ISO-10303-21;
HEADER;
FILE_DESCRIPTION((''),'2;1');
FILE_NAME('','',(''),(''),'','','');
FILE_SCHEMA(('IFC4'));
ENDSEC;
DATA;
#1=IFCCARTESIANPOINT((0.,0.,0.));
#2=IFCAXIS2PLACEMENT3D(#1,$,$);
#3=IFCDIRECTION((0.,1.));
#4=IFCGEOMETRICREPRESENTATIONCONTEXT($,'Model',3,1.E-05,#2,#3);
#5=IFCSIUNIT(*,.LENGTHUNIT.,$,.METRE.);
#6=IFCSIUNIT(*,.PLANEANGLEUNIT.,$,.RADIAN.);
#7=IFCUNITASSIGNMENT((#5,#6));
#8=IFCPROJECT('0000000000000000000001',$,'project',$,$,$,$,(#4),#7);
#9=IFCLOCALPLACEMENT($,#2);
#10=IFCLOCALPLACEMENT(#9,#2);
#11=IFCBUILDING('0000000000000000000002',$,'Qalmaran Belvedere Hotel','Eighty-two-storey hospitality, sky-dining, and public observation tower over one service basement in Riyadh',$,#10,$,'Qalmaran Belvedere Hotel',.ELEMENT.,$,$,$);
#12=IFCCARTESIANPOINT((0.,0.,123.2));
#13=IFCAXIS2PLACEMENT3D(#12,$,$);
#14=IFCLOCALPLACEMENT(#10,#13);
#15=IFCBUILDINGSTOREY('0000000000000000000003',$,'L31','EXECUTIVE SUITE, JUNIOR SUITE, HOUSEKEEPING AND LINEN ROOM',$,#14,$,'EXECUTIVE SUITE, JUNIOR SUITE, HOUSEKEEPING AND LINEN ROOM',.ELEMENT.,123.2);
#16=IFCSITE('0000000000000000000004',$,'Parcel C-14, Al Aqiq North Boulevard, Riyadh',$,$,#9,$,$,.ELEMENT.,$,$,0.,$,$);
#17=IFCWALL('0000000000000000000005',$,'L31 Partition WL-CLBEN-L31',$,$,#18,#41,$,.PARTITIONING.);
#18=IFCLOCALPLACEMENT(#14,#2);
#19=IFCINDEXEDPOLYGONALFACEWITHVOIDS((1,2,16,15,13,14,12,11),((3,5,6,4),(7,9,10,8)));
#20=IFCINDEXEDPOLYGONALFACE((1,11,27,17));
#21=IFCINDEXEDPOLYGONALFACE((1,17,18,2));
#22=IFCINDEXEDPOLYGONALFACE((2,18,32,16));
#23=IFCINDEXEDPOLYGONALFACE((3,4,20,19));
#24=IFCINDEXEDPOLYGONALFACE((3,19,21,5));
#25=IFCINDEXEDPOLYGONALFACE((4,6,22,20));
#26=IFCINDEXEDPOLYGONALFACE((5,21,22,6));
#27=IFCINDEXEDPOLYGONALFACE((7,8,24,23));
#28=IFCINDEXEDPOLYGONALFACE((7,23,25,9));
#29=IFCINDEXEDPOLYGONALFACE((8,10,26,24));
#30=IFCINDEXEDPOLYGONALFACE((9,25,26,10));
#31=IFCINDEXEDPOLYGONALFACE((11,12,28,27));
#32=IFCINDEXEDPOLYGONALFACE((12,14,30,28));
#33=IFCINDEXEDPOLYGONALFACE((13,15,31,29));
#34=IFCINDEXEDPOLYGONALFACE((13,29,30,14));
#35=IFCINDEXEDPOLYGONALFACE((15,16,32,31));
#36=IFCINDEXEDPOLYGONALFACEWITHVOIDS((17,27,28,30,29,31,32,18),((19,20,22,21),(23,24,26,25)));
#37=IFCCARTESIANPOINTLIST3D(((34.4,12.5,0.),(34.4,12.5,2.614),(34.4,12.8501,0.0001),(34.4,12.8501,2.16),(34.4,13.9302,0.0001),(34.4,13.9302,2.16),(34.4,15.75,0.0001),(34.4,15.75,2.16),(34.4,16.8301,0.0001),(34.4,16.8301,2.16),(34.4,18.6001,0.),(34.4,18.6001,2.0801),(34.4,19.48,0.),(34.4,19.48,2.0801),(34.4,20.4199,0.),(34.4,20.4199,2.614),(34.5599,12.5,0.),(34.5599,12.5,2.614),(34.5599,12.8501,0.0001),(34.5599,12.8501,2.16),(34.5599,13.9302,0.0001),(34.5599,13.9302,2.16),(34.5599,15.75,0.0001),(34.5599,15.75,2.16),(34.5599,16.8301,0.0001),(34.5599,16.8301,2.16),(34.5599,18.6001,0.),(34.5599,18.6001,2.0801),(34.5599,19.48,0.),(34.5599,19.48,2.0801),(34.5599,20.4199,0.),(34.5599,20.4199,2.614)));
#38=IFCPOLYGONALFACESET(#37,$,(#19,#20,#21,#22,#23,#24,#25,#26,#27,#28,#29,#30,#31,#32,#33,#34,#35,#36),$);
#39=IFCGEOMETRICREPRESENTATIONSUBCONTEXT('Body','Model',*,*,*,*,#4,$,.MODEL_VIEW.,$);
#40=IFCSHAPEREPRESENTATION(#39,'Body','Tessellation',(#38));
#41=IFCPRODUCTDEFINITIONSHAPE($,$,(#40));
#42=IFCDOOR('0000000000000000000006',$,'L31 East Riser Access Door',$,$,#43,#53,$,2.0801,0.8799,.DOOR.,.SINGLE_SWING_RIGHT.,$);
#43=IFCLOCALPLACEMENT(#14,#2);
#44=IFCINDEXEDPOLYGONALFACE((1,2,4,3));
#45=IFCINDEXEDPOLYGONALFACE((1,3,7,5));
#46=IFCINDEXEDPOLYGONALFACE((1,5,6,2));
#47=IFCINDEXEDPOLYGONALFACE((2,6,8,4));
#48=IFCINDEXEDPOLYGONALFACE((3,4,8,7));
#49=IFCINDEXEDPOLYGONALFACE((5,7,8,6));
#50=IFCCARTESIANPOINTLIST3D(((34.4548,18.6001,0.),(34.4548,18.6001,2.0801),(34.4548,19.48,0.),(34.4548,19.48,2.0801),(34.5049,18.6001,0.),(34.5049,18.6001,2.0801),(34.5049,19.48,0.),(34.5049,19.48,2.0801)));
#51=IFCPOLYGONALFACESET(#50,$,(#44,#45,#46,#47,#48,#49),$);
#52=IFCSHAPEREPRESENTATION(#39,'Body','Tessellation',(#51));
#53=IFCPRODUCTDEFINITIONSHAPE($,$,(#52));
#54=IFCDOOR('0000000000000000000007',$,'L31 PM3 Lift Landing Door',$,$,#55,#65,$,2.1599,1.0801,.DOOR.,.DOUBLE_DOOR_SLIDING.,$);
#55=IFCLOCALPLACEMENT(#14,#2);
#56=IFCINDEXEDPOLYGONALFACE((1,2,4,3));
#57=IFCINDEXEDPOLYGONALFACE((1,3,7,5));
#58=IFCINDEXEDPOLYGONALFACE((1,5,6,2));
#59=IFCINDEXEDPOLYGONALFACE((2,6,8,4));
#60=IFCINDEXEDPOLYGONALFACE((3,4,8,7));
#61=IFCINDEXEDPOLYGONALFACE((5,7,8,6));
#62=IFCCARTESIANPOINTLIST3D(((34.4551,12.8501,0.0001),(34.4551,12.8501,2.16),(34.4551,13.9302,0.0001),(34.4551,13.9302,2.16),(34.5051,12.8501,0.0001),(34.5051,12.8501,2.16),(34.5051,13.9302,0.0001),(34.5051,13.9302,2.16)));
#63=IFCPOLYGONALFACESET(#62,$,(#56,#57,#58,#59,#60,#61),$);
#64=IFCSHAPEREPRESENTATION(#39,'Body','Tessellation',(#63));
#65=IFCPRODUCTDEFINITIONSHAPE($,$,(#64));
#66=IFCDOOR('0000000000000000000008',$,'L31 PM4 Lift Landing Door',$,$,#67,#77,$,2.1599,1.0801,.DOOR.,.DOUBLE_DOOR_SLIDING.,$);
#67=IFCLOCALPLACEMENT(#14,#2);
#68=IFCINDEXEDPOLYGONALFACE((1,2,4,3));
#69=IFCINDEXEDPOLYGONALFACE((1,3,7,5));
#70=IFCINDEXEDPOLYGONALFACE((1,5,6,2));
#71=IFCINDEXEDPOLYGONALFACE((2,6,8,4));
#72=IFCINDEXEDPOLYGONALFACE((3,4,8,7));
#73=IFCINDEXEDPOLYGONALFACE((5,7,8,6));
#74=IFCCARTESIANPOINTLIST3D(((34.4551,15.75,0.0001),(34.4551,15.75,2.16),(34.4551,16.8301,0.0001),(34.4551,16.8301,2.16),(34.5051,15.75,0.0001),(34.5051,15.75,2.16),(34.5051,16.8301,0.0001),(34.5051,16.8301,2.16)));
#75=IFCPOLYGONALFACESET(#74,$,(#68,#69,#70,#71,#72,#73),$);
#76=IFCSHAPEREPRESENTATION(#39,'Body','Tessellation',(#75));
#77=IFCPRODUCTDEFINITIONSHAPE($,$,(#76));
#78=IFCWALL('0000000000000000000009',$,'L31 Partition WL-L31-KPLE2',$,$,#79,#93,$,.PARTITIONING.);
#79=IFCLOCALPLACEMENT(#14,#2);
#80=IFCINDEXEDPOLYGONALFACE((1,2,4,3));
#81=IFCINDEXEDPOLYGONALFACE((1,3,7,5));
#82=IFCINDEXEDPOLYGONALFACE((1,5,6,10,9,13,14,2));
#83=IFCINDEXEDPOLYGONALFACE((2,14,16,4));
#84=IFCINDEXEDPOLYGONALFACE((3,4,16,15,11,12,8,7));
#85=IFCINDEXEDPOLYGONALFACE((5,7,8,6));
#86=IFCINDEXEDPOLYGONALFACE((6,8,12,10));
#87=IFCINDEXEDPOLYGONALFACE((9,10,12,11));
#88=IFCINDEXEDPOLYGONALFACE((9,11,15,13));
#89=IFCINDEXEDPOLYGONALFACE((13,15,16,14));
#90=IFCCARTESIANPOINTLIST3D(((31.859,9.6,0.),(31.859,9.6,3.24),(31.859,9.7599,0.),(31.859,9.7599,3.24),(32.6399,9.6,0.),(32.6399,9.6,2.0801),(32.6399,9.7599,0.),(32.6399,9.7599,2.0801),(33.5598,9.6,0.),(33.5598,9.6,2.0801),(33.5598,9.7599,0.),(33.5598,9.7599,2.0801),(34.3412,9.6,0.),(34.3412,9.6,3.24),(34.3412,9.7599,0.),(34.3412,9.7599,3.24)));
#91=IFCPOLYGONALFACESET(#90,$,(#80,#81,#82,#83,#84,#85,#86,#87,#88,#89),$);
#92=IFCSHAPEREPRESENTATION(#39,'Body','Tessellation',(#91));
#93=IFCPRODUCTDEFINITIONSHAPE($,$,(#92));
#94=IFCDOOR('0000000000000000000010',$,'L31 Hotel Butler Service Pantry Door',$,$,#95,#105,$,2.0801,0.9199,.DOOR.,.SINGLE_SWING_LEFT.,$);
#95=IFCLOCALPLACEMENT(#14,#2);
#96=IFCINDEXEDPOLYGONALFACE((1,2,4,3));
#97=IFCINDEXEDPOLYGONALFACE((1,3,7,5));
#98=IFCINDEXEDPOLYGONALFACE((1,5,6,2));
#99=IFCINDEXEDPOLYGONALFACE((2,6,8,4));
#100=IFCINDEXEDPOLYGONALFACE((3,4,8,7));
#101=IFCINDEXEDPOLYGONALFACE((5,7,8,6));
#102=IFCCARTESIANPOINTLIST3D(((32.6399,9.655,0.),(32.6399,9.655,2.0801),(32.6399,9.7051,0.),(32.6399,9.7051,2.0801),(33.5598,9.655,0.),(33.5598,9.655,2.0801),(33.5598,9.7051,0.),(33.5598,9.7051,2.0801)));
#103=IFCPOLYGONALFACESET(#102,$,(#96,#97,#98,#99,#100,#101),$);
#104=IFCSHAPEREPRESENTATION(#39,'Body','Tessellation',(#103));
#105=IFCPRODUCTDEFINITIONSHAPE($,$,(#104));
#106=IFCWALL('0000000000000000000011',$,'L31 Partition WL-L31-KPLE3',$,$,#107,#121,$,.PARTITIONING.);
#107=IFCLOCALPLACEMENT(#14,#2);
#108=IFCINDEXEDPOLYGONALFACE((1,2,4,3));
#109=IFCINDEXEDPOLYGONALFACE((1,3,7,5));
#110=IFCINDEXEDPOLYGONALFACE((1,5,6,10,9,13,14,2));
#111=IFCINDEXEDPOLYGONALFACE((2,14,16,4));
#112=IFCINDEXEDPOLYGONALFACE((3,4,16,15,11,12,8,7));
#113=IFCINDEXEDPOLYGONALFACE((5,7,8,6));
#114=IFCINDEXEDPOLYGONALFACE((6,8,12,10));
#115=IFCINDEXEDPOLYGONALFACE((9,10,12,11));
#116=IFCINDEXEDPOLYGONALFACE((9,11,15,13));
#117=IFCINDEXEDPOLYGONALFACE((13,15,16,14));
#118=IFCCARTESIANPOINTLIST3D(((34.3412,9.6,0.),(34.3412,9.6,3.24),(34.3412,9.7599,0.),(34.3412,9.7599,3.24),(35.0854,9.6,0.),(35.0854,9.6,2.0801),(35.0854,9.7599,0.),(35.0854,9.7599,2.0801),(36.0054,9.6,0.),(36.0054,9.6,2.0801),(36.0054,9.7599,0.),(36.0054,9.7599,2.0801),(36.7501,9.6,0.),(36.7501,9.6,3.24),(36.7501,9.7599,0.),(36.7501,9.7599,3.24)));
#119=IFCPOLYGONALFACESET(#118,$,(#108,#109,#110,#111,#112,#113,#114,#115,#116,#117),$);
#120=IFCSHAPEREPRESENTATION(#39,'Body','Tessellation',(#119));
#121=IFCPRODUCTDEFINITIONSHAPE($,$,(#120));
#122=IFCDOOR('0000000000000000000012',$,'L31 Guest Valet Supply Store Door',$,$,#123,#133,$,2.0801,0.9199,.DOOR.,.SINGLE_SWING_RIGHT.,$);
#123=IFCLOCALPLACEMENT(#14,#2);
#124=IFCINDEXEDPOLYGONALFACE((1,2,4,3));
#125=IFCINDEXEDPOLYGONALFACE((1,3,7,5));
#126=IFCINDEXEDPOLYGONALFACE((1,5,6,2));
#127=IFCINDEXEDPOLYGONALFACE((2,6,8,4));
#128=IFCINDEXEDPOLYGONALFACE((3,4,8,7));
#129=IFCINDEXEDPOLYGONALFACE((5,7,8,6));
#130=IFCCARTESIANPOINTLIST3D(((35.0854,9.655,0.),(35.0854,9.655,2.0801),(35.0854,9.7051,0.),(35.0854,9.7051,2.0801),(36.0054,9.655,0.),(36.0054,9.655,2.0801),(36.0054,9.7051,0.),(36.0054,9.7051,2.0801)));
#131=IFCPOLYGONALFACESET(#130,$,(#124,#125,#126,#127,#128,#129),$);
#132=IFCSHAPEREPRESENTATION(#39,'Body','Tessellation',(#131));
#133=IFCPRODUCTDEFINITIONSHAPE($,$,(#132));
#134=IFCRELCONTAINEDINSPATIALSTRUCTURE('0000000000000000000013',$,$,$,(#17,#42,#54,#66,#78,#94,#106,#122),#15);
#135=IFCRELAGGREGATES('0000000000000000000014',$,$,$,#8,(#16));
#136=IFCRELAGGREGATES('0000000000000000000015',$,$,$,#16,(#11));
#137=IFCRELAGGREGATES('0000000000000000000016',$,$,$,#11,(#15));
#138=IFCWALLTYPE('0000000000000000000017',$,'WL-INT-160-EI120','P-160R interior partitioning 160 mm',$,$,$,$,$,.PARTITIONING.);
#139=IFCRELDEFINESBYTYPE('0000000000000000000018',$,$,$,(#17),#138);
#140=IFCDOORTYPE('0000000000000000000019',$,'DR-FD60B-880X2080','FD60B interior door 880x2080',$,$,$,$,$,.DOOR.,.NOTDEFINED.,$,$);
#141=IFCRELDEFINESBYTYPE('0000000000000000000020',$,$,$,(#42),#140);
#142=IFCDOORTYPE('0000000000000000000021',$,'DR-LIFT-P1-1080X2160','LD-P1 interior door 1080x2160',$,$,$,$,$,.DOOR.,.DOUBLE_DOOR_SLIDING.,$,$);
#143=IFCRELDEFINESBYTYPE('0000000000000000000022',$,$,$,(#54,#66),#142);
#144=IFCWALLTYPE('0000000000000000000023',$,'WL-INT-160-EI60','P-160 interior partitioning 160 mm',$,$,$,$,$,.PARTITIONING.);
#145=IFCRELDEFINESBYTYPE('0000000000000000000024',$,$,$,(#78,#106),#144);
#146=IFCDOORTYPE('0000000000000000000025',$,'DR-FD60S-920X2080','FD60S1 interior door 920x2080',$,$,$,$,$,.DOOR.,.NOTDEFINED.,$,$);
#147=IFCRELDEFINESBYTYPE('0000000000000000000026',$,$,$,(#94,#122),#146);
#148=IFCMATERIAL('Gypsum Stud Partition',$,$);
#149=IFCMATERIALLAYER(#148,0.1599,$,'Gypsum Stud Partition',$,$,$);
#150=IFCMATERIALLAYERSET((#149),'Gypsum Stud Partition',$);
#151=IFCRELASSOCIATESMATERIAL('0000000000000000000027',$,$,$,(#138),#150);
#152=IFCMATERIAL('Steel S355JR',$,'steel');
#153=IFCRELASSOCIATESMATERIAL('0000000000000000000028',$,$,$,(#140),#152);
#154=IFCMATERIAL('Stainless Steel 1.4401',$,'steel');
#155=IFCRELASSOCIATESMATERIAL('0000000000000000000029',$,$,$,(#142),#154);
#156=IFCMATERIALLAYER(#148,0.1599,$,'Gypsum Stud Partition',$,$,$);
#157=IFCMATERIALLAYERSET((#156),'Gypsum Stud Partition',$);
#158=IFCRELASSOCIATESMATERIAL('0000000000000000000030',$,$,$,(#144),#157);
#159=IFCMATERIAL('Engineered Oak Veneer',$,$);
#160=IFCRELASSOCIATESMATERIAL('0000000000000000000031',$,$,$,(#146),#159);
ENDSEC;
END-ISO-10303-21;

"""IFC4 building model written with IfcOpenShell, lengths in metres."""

from ifc_helpers import new_model, si_unit, direction, frame, frame_2d, origin, place, context, subcontext, project, spatial, rectangle, extrude, material, layer, layer_set, type_object, element, fill, save


model = new_model("IFC4")

# Units and contexts
model_context = context("Model", 3, precision=1e-05, world=origin(), true_north=direction((0.0, 1.0)))
body_context = subcontext(model_context, "Body", "Model", "MODEL_VIEW")
ifc_project = project(units=[si_unit("LENGTHUNIT", "METRE"), si_unit("PLANEANGLEUNIT", "RADIAN")], contexts=[model_context])

# Site, building, storey
site_placement = place(None, origin())
site = spatial("IfcSite", under=ifc_project, at=site_placement, Name="Parcel C-14, Al Aqiq North Boulevard, Riyadh", CompositionType="ELEMENT", RefElevation=0.0)
building_placement = place(site_placement, origin())
building = spatial("IfcBuilding", under=site, at=building_placement, Name="Qalmaran Belvedere Hotel", Description="Eighty-two-storey hospitality, sky-dining, and public observation tower over one service basement in Riyadh", LongName="Qalmaran Belvedere Hotel", CompositionType="ELEMENT")
storey_placement = place(building_placement, frame((0.0, 0.0, 123.2)))
storey = spatial("IfcBuildingStorey", under=building, at=storey_placement, Name="L31", Description="EXECUTIVE SUITE, JUNIOR SUITE, HOUSEKEEPING AND LINEN ROOM", LongName="EXECUTIVE SUITE, JUNIOR SUITE, HOUSEKEEPING AND LINEN ROOM", CompositionType="ELEMENT", Elevation=123.2)

# Shared definitions
ifc_material_1 = material(Name="Steel S355JR", Category="steel")

# Shared definitions
ifc_material_2 = material(Name="Gypsum Stud Partition")

# Wall, openings, doors
ifc_layer_1 = layer(ifc_material_2, 0.1599, Name="Gypsum Stud Partition")
ifc_layer_set_1 = layer_set([ifc_layer_1], Name="Gypsum Stud Partition")
wall_type_1 = type_object("IfcWallType", Name="WL-INT-160-EI120", Description="P-160R interior partitioning 160 mm", PredefinedType="PARTITIONING", material=ifc_layer_set_1)
door_type_1 = type_object("IfcDoorType", Name="DR-FD60B-880X2080", Description="FD60B interior door 880x2080", OperationType="NOTDEFINED", PredefinedType="DOOR", material=ifc_material_1)
ifc_material_3 = material(Name="Stainless Steel 1.4401", Category="steel")
door_type_2 = type_object("IfcDoorType", Name="DR-LIFT-P1-1080X2160", Description="LD-P1 interior door 1080x2160", OperationType="DOUBLE_DOOR_SLIDING", PredefinedType="DOOR", material=ifc_material_3)
wall_1_placement = place(storey_placement, frame((34.48, 12.5, 0.0), z_axis=(0.0, 0.0, 1.0), x_axis=(0.0, 1.0, 0.0)))
wall_1 = element("IfcWall", 1, at=wall_1_placement, inside=storey, type_object=wall_type_1, Name="L31 Partition WL-CLBEN-L31", PredefinedType="PARTITIONING", context=body_context, shape_type="SweptSolid", body=[
    extrude(rectangle(XDim=7.9199, YDim=0.1599, at=frame_2d((3.96, 0.0))), origin(), (0.0, 0.0, 1.0), 2.614),
])
opening_1_placement = place(wall_1_placement, frame((0.3501, 0.0, 0.0)))
opening_1 = element("IfcOpeningElement", 2, at=opening_1_placement, cuts=wall_1, PredefinedType="OPENING", context=body_context, shape_type="SweptSolid", body=[
    extrude(rectangle(XDim=1.0801, YDim=2.1599, at=frame_2d((0.54, 1.0801))), frame((0.0, 0.0898, 0.0), z_axis=(0.0, -1.0, 0.0), x_axis=(1.0, 0.0, 0.0)), (0.0, 0.0, 1.0), 0.1799),
])
opening_2_placement = place(wall_1_placement, frame((3.25, 0.0, 0.0)))
opening_2 = element("IfcOpeningElement", 3, at=opening_2_placement, cuts=wall_1, PredefinedType="OPENING", context=body_context, shape_type="SweptSolid", body=[
    extrude(rectangle(XDim=1.0801, YDim=2.1599, at=frame_2d((0.54, 1.0801))), frame((0.0, 0.0898, 0.0), z_axis=(0.0, -1.0, 0.0), x_axis=(1.0, 0.0, 0.0)), (0.0, 0.0, 1.0), 0.1799),
])
opening_3_placement = place(wall_1_placement, frame((6.98, 0.0, 0.0), z_axis=(0.0, 0.0, 1.0), x_axis=(-1.0, 0.0, 0.0)))
opening_3 = element("IfcOpeningElement", 4, at=opening_3_placement, cuts=wall_1, PredefinedType="OPENING", context=body_context, shape_type="SweptSolid", body=[
    extrude(rectangle(XDim=0.8799, YDim=2.0801, at=frame_2d((0.4399, 1.04))), frame((0.0, 0.0898, 0.0), z_axis=(0.0, -1.0, 0.0), x_axis=(1.0, 0.0, 0.0)), (0.0, 0.0, 1.0), 0.1799),
])
door_1_placement = place(opening_3_placement, origin())
door_1 = element("IfcDoor", 5, at=door_1_placement, inside=storey, type_object=door_type_1, Name="L31 East Riser Access Door", OperationType="SINGLE_SWING_RIGHT", OverallHeight=2.0801, OverallWidth=0.8799, PredefinedType="DOOR", context=body_context, shape_type="SweptSolid", body=[
    extrude(rectangle(XDim=0.8799, YDim=2.0801, at=frame_2d((0.4399, 1.04))), frame((0.0, 0.0249, 0.0), z_axis=(0.0, -1.0, 0.0), x_axis=(1.0, 0.0, 0.0)), (0.0, 0.0, 1.0), 0.05),
])
fill(opening_3, door_1)
door_2_placement = place(opening_1_placement, origin())
door_2 = element("IfcDoor", 6, at=door_2_placement, inside=storey, type_object=door_type_2, Name="L31 PM3 Lift Landing Door", OperationType="DOUBLE_DOOR_SLIDING", OverallHeight=2.1599, OverallWidth=1.0801, PredefinedType="DOOR", context=body_context, shape_type="SweptSolid", body=[
    extrude(rectangle(XDim=1.0801, YDim=2.1599, at=frame_2d((0.54, 1.0801))), frame((0.0, 0.0249, 0.0), z_axis=(0.0, -1.0, 0.0), x_axis=(1.0, 0.0, 0.0)), (0.0, 0.0, 1.0), 0.05),
])
fill(opening_1, door_2)
door_3_placement = place(opening_2_placement, origin())
door_3 = element("IfcDoor", 7, at=door_3_placement, inside=storey, type_object=door_type_2, Name="L31 PM4 Lift Landing Door", OperationType="DOUBLE_DOOR_SLIDING", OverallHeight=2.1599, OverallWidth=1.0801, PredefinedType="DOOR", context=body_context, shape_type="SweptSolid", body=[
    extrude(rectangle(XDim=1.0801, YDim=2.1599, at=frame_2d((0.54, 1.0801))), frame((0.0, 0.0249, 0.0), z_axis=(0.0, -1.0, 0.0), x_axis=(1.0, 0.0, 0.0)), (0.0, 0.0, 1.0), 0.05),
])
fill(opening_2, door_3)

# Walls, openings, doors
ifc_layer_2 = layer(ifc_material_2, 0.1599, Name="Gypsum Stud Partition")
ifc_layer_set_2 = layer_set([ifc_layer_2], Name="Gypsum Stud Partition")
wall_type_2 = type_object("IfcWallType", Name="WL-INT-160-EI60", Description="P-160 interior partitioning 160 mm", PredefinedType="PARTITIONING", material=ifc_layer_set_2)
wall_2_placement = place(storey_placement, frame((31.8589, 9.6799, 0.0), z_axis=(0.0, 0.0, 1.0), x_axis=(1.0, 0.0, 0.0)))
wall_2 = element("IfcWall", 8, at=wall_2_placement, inside=storey, type_object=wall_type_2, Name="L31 Partition WL-L31-KPLE2", PredefinedType="PARTITIONING", context=body_context, shape_type="SweptSolid", body=[
    extrude(rectangle(XDim=2.4822, YDim=0.1599, at=frame_2d((1.2412, 0.0))), origin(), (0.0, 0.0, 1.0), 3.24),
])
opening_4_placement = place(wall_2_placement, frame((1.7009, 0.0, 0.0), z_axis=(0.0, 0.0, 1.0), x_axis=(-1.0, 0.0, 0.0)))
opening_4 = element("IfcOpeningElement", 9, at=opening_4_placement, cuts=wall_2, PredefinedType="OPENING", context=body_context, shape_type="SweptSolid", body=[
    extrude(rectangle(XDim=0.9199, YDim=2.0801, at=frame_2d((0.46, 1.04))), frame((0.0, 0.0898, 0.0), z_axis=(0.0, -1.0, 0.0), x_axis=(1.0, 0.0, 0.0)), (0.0, 0.0, 1.0), 0.1799),
])
ifc_material_4 = material(Name="Engineered Oak Veneer")
door_type_3 = type_object("IfcDoorType", Name="DR-FD60S-920X2080", Description="FD60S1 interior door 920x2080", OperationType="NOTDEFINED", PredefinedType="DOOR", material=ifc_material_4)
door_4_placement = place(opening_4_placement, origin())
door_4 = element("IfcDoor", 10, at=door_4_placement, inside=storey, type_object=door_type_3, Name="L31 Hotel Butler Service Pantry Door", OperationType="SINGLE_SWING_LEFT", OverallHeight=2.0801, OverallWidth=0.9199, PredefinedType="DOOR", context=body_context, shape_type="SweptSolid", body=[
    extrude(rectangle(XDim=0.9199, YDim=2.0801, at=frame_2d((0.46, 1.04))), frame((0.0, 0.0249, 0.0), z_axis=(0.0, -1.0, 0.0), x_axis=(1.0, 0.0, 0.0)), (0.0, 0.0, 1.0), 0.05),
])
fill(opening_4, door_4)
wall_3_placement = place(storey_placement, frame((34.3411, 9.6799, 0.0), z_axis=(0.0, 0.0, 1.0), x_axis=(1.0, 0.0, 0.0)))
wall_3 = element("IfcWall", 11, at=wall_3_placement, inside=storey, type_object=wall_type_2, Name="L31 Partition WL-L31-KPLE3", PredefinedType="PARTITIONING", context=body_context, shape_type="SweptSolid", body=[
    extrude(rectangle(XDim=2.4089, YDim=0.1599, at=frame_2d((1.2046, 0.0))), origin(), (0.0, 0.0, 1.0), 3.24),
])
opening_5_placement = place(wall_3_placement, frame((1.6643, 0.0, 0.0), z_axis=(0.0, 0.0, 1.0), x_axis=(-1.0, 0.0, 0.0)))
opening_5 = element("IfcOpeningElement", 12, at=opening_5_placement, cuts=wall_3, PredefinedType="OPENING", context=body_context, shape_type="SweptSolid", body=[
    extrude(rectangle(XDim=0.9199, YDim=2.0801, at=frame_2d((0.46, 1.04))), frame((0.0, 0.0898, 0.0), z_axis=(0.0, -1.0, 0.0), x_axis=(1.0, 0.0, 0.0)), (0.0, 0.0, 1.0), 0.1799),
])
door_5_placement = place(opening_5_placement, origin())
door_5 = element("IfcDoor", 13, at=door_5_placement, inside=storey, type_object=door_type_3, Name="L31 Guest Valet Supply Store Door", OperationType="SINGLE_SWING_RIGHT", OverallHeight=2.0801, OverallWidth=0.9199, PredefinedType="DOOR", context=body_context, shape_type="SweptSolid", body=[
    extrude(rectangle(XDim=0.9199, YDim=2.0801, at=frame_2d((0.46, 1.04))), frame((0.0, 0.0249, 0.0), z_axis=(0.0, -1.0, 0.0), x_axis=(1.0, 0.0, 0.0)), (0.0, 0.0, 1.0), 0.05),
])
fill(opening_5, door_5)

save(model, "model.ifc")
